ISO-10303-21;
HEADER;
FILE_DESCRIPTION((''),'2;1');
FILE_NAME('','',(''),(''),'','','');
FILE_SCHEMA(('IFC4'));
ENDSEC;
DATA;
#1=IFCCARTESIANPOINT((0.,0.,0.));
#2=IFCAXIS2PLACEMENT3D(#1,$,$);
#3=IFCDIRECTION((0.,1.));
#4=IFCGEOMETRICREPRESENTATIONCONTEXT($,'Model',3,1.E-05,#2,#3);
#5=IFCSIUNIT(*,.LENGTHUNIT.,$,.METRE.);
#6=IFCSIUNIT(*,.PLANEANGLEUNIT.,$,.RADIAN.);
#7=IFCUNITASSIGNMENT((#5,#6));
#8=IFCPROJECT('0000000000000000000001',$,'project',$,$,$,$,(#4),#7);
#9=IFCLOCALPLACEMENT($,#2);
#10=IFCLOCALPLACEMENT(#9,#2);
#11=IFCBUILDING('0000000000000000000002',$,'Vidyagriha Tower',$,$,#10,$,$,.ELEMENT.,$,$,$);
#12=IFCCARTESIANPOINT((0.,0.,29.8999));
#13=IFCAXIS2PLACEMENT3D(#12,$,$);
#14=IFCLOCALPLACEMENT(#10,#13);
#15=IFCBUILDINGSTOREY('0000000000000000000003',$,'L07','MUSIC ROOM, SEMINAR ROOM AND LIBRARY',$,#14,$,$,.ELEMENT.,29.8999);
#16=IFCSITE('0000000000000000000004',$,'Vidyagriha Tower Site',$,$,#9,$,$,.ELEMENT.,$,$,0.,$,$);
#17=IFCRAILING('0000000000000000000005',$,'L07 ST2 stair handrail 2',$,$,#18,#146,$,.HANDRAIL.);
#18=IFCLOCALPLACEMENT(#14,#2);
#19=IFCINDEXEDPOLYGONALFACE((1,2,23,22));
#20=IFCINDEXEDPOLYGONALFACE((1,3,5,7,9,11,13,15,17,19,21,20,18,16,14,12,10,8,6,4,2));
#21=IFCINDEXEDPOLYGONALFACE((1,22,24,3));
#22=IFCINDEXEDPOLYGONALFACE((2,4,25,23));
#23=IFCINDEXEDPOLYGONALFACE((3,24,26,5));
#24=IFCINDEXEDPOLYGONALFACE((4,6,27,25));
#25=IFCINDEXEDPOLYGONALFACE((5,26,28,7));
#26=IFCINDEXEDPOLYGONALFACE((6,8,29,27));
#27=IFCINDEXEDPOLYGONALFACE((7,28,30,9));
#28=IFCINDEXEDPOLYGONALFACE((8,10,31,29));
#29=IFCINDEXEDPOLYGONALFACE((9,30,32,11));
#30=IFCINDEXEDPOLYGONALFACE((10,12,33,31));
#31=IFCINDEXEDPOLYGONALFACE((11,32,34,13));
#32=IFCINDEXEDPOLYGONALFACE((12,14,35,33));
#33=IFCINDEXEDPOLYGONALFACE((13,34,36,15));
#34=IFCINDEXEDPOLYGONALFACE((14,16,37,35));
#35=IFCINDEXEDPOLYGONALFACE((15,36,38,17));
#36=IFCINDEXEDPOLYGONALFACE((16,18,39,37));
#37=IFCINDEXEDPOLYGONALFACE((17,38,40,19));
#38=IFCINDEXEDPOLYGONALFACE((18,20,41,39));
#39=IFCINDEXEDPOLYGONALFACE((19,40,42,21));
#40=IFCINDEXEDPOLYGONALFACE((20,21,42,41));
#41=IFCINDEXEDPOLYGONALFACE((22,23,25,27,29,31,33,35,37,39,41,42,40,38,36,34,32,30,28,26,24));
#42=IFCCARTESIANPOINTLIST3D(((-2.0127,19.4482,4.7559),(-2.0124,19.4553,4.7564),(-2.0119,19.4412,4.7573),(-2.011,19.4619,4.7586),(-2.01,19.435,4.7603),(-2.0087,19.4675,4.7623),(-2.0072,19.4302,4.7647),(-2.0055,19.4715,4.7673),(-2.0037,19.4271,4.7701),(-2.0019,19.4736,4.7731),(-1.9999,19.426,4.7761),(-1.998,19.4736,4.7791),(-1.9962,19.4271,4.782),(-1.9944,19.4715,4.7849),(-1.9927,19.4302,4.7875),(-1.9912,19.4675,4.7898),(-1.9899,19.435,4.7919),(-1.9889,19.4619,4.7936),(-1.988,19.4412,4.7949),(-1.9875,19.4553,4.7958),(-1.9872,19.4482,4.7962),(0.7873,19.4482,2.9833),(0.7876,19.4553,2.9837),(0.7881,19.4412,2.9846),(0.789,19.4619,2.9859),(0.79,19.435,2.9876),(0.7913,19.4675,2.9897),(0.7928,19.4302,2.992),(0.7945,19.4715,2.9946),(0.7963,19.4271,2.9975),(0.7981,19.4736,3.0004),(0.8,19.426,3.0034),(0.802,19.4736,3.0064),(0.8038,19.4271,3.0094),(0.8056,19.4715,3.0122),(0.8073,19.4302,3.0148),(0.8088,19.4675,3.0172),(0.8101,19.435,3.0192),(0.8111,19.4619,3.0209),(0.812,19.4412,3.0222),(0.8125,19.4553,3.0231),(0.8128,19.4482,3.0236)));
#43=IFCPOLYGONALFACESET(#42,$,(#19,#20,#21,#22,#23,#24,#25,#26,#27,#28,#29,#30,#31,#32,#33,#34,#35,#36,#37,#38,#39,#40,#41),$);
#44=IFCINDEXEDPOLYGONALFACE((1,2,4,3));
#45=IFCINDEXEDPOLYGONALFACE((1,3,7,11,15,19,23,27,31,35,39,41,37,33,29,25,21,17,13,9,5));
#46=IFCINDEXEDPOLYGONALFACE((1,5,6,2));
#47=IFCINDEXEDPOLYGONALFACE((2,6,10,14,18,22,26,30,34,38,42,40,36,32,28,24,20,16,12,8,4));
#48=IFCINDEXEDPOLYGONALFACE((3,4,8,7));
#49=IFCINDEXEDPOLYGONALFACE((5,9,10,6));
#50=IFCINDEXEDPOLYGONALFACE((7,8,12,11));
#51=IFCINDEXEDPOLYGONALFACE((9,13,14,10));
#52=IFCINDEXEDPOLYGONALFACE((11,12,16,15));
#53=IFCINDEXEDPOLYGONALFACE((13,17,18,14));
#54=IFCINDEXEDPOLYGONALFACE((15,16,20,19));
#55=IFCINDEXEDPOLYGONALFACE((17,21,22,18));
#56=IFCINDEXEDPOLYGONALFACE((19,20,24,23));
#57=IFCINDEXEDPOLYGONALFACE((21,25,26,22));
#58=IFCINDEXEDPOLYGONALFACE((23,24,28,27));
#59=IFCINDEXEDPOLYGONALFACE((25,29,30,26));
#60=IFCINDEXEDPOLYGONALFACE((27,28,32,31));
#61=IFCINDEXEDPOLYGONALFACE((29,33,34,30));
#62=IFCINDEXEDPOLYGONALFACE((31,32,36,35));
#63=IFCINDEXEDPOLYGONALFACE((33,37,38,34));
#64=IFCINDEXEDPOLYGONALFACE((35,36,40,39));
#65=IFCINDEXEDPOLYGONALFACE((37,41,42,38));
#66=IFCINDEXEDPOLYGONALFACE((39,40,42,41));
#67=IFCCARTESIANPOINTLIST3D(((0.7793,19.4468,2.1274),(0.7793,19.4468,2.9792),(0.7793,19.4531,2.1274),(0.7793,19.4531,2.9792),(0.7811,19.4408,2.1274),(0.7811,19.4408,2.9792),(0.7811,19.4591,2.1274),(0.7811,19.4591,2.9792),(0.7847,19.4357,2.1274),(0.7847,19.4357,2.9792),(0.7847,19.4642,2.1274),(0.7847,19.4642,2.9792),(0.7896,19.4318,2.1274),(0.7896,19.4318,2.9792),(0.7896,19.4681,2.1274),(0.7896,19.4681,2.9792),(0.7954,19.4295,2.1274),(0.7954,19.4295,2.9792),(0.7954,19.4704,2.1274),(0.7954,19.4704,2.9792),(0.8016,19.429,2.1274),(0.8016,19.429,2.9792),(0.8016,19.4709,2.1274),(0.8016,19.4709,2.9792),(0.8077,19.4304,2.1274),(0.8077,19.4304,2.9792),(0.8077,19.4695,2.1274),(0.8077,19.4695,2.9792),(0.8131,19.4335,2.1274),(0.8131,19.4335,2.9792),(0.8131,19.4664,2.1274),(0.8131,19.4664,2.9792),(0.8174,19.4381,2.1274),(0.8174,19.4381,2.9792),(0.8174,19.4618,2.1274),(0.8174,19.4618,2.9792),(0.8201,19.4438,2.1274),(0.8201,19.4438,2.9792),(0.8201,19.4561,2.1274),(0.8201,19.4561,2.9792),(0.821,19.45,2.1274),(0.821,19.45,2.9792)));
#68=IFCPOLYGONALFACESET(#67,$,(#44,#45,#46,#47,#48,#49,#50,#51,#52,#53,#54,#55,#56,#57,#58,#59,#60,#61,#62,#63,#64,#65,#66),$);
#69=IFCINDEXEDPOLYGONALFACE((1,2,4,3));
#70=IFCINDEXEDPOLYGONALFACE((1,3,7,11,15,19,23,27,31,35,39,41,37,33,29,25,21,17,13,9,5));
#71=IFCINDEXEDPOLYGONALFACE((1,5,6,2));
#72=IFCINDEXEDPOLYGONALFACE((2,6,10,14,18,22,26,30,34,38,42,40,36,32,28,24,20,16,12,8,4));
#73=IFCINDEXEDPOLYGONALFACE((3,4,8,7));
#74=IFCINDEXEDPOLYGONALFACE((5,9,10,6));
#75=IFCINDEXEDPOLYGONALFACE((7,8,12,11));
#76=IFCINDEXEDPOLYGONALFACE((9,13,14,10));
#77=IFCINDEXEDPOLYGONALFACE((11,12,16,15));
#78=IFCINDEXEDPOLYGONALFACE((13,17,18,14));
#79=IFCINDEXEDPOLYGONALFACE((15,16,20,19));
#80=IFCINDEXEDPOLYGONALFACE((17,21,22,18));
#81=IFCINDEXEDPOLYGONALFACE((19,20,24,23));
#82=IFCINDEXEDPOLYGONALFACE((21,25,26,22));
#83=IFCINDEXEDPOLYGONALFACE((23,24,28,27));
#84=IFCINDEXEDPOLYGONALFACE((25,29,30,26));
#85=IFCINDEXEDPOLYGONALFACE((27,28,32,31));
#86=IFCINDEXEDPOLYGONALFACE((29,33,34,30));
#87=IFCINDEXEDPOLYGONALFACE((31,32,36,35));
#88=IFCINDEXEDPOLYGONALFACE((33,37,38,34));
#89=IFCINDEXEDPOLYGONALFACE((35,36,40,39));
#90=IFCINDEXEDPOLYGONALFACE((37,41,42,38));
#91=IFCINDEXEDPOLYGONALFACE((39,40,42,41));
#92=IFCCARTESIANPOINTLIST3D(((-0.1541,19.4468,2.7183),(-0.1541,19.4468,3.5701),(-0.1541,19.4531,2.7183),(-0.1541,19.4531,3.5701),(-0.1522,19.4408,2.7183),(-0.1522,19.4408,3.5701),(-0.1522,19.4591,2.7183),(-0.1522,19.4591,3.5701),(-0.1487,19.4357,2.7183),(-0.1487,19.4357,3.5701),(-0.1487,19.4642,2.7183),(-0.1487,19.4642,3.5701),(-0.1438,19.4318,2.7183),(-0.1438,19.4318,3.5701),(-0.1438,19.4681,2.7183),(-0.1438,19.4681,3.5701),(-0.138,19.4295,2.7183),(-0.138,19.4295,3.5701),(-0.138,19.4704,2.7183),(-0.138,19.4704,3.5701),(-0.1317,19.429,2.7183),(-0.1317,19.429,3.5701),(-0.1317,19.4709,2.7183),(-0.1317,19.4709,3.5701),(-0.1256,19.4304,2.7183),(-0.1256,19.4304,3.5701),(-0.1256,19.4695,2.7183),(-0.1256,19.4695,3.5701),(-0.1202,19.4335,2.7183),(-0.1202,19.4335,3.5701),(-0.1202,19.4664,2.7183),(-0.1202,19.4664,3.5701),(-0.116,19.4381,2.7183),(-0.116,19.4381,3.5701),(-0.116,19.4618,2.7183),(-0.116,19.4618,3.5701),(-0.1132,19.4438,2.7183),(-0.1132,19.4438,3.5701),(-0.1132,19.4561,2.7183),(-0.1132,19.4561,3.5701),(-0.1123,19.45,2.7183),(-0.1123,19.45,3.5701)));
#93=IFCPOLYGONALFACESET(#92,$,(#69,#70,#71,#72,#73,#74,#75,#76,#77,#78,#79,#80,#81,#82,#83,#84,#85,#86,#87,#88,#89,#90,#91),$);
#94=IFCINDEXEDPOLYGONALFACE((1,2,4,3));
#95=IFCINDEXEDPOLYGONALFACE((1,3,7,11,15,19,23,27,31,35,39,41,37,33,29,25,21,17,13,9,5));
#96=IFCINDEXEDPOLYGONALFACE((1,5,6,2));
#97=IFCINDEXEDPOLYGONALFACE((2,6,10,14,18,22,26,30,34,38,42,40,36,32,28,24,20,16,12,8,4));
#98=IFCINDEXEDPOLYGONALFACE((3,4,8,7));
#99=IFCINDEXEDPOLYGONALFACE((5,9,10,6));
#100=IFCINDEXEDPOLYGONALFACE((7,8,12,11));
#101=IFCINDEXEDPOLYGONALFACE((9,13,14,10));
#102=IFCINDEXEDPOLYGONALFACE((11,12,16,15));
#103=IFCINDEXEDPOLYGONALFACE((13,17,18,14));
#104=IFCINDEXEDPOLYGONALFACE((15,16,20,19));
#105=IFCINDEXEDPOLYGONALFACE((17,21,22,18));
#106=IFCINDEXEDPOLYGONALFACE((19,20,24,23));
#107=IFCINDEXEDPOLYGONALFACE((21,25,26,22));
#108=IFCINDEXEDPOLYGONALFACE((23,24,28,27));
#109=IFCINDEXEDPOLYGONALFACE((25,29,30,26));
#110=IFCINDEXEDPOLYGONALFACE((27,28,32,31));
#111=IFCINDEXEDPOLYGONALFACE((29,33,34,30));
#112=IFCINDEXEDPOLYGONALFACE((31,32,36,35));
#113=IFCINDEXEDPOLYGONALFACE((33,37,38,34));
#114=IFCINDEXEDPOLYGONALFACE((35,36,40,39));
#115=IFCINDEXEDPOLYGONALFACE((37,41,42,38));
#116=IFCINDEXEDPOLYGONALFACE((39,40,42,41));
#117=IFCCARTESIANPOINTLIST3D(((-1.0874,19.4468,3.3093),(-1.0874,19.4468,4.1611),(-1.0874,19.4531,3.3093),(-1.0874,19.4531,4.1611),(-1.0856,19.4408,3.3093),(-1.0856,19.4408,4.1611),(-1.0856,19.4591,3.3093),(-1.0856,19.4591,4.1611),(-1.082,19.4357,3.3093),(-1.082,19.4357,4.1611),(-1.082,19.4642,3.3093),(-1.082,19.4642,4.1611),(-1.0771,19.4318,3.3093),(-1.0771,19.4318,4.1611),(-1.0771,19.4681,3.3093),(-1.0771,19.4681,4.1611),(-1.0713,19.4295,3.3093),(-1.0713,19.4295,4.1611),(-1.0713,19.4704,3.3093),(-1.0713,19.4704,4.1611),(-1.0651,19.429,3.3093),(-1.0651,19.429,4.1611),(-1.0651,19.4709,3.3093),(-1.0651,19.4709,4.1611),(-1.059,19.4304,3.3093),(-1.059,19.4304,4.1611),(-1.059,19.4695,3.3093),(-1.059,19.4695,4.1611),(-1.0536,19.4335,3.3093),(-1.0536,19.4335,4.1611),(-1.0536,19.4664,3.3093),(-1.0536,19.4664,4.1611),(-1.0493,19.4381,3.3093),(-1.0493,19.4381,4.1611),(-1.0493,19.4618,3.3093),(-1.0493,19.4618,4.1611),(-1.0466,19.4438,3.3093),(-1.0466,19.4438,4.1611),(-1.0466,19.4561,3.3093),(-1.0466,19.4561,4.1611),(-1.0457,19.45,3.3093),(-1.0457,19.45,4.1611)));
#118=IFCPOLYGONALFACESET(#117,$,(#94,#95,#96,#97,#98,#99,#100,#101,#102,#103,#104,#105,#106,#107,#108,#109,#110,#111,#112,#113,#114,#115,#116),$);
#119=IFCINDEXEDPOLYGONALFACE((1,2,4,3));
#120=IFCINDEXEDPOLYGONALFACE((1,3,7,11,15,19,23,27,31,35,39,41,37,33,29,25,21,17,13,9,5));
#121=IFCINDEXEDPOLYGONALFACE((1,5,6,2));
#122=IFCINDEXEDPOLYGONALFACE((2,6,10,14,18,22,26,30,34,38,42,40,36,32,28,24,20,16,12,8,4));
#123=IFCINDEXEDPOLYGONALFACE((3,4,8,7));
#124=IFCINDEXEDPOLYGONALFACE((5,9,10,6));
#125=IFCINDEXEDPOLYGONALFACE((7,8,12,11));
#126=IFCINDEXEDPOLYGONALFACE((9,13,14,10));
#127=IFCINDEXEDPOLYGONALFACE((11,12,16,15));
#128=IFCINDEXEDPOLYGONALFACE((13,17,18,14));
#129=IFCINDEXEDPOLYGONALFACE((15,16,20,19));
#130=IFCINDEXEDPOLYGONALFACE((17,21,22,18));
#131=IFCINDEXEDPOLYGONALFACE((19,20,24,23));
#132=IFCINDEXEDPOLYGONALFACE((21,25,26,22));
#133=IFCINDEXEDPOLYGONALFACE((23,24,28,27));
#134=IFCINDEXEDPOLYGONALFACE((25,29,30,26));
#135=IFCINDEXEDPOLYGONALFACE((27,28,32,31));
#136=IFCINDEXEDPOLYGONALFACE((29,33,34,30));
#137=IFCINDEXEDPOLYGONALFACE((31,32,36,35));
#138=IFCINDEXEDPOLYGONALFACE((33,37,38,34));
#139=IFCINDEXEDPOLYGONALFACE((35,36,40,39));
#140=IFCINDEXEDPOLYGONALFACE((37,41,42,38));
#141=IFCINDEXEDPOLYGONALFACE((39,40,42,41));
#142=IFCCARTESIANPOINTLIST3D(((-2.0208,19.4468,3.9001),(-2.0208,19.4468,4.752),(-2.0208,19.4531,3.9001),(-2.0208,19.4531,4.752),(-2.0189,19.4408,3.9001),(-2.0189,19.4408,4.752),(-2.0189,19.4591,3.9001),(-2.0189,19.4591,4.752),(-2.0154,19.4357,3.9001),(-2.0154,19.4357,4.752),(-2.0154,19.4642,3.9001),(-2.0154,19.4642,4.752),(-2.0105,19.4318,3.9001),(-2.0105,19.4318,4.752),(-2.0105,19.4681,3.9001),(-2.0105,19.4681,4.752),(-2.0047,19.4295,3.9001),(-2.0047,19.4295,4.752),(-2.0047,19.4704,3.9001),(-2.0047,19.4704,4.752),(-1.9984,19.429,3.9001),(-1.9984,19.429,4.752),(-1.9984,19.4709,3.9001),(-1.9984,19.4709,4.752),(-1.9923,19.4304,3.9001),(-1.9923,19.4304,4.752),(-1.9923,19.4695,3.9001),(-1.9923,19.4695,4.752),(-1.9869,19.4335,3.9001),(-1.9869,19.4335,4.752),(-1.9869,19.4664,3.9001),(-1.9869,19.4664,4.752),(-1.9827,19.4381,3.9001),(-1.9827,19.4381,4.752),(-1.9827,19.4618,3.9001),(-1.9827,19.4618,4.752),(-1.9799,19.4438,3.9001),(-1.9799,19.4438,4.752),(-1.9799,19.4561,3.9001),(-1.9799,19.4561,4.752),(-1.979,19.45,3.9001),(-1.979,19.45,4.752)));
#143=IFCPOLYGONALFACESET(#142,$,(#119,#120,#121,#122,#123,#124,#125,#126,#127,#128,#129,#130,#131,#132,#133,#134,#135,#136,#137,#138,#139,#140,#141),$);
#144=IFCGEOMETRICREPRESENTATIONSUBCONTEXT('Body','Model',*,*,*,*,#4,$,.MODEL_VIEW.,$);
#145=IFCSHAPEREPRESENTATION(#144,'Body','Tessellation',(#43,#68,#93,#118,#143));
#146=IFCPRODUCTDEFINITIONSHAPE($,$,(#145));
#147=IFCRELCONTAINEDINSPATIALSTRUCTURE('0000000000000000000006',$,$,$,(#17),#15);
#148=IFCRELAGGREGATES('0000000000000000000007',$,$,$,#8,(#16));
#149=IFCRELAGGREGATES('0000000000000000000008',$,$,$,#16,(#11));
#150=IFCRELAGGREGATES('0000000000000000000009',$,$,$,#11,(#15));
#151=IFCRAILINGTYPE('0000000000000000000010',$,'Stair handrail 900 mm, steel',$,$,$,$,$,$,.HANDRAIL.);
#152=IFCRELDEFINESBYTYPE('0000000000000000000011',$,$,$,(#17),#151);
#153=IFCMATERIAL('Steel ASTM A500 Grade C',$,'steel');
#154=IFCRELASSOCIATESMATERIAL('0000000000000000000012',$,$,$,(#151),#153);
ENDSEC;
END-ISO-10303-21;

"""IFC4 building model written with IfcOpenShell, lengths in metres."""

from ifc_helpers import new_model, si_unit, direction, frame, origin, origin_2d, place, context, subcontext, project, spatial, circle, extrude, material, type_object, element, save


model = new_model("IFC4")

# Units and contexts
model_context = context("Model", 3, precision=1e-05, world=origin(), true_north=direction((0.0, 1.0)))
body_context = subcontext(model_context, "Body", "Model", "MODEL_VIEW")
ifc_project = project(units=[si_unit("LENGTHUNIT", "METRE"), si_unit("PLANEANGLEUNIT", "RADIAN")], contexts=[model_context])

# Site, building, storey
site_placement = place(None, origin())
site = spatial("IfcSite", under=ifc_project, at=site_placement, Name="Vidyagriha Tower Site", CompositionType="ELEMENT", RefElevation=0.0)
building_placement = place(site_placement, origin())
building = spatial("IfcBuilding", under=site, at=building_placement, Name="Vidyagriha Tower", CompositionType="ELEMENT")
storey_placement = place(building_placement, frame((0.0, 0.0, 29.8999)))
storey = spatial("IfcBuildingStorey", under=building, at=storey_placement, Name="L07", Description="MUSIC ROOM, SEMINAR ROOM AND LIBRARY", CompositionType="ELEMENT", Elevation=29.8999)

# Railing
ifc_material_1 = material(Name="Steel ASTM A500 Grade C", Category="steel")
railing_type_1 = type_object("IfcRailingType", Name="Stair handrail 900 mm, steel", PredefinedType="HANDRAIL", material=ifc_material_1)
railing_1_placement = place(storey_placement, frame((0.8, 19.45, 2.1274)))
element("IfcRailing", 1, at=railing_1_placement, inside=storey, type_object=railing_type_1, Name="L07 ST2 stair handrail 2", PredefinedType="HANDRAIL", context=body_context, shape_type="SweptSolid", body=[
    extrude(circle(Radius=0.0239, at=origin_2d()), frame((0.0, 0.0, 0.876), z_axis=(-0.844909, 0.0, 0.53491), x_axis=(0.0, -1.0, 0.0)), (0.0, 0.0, 1.0), 3.314),
    extrude(circle(Radius=0.021, at=origin_2d()), origin(), (0.0, 0.0, 1.0), 0.8518),
    extrude(circle(Radius=0.021, at=origin_2d()), frame((-0.9333, 0.0, 0.5908)), (0.0, 0.0, 1.0), 0.8518),
    extrude(circle(Radius=0.021, at=origin_2d()), frame((-1.8667, 0.0, 1.1819)), (0.0, 0.0, 1.0), 0.8518),
    extrude(circle(Radius=0.021, at=origin_2d()), frame((-2.8, 0.0, 1.7727)), (0.0, 0.0, 1.0), 0.8518),
])

save(model, "model.ifc")
